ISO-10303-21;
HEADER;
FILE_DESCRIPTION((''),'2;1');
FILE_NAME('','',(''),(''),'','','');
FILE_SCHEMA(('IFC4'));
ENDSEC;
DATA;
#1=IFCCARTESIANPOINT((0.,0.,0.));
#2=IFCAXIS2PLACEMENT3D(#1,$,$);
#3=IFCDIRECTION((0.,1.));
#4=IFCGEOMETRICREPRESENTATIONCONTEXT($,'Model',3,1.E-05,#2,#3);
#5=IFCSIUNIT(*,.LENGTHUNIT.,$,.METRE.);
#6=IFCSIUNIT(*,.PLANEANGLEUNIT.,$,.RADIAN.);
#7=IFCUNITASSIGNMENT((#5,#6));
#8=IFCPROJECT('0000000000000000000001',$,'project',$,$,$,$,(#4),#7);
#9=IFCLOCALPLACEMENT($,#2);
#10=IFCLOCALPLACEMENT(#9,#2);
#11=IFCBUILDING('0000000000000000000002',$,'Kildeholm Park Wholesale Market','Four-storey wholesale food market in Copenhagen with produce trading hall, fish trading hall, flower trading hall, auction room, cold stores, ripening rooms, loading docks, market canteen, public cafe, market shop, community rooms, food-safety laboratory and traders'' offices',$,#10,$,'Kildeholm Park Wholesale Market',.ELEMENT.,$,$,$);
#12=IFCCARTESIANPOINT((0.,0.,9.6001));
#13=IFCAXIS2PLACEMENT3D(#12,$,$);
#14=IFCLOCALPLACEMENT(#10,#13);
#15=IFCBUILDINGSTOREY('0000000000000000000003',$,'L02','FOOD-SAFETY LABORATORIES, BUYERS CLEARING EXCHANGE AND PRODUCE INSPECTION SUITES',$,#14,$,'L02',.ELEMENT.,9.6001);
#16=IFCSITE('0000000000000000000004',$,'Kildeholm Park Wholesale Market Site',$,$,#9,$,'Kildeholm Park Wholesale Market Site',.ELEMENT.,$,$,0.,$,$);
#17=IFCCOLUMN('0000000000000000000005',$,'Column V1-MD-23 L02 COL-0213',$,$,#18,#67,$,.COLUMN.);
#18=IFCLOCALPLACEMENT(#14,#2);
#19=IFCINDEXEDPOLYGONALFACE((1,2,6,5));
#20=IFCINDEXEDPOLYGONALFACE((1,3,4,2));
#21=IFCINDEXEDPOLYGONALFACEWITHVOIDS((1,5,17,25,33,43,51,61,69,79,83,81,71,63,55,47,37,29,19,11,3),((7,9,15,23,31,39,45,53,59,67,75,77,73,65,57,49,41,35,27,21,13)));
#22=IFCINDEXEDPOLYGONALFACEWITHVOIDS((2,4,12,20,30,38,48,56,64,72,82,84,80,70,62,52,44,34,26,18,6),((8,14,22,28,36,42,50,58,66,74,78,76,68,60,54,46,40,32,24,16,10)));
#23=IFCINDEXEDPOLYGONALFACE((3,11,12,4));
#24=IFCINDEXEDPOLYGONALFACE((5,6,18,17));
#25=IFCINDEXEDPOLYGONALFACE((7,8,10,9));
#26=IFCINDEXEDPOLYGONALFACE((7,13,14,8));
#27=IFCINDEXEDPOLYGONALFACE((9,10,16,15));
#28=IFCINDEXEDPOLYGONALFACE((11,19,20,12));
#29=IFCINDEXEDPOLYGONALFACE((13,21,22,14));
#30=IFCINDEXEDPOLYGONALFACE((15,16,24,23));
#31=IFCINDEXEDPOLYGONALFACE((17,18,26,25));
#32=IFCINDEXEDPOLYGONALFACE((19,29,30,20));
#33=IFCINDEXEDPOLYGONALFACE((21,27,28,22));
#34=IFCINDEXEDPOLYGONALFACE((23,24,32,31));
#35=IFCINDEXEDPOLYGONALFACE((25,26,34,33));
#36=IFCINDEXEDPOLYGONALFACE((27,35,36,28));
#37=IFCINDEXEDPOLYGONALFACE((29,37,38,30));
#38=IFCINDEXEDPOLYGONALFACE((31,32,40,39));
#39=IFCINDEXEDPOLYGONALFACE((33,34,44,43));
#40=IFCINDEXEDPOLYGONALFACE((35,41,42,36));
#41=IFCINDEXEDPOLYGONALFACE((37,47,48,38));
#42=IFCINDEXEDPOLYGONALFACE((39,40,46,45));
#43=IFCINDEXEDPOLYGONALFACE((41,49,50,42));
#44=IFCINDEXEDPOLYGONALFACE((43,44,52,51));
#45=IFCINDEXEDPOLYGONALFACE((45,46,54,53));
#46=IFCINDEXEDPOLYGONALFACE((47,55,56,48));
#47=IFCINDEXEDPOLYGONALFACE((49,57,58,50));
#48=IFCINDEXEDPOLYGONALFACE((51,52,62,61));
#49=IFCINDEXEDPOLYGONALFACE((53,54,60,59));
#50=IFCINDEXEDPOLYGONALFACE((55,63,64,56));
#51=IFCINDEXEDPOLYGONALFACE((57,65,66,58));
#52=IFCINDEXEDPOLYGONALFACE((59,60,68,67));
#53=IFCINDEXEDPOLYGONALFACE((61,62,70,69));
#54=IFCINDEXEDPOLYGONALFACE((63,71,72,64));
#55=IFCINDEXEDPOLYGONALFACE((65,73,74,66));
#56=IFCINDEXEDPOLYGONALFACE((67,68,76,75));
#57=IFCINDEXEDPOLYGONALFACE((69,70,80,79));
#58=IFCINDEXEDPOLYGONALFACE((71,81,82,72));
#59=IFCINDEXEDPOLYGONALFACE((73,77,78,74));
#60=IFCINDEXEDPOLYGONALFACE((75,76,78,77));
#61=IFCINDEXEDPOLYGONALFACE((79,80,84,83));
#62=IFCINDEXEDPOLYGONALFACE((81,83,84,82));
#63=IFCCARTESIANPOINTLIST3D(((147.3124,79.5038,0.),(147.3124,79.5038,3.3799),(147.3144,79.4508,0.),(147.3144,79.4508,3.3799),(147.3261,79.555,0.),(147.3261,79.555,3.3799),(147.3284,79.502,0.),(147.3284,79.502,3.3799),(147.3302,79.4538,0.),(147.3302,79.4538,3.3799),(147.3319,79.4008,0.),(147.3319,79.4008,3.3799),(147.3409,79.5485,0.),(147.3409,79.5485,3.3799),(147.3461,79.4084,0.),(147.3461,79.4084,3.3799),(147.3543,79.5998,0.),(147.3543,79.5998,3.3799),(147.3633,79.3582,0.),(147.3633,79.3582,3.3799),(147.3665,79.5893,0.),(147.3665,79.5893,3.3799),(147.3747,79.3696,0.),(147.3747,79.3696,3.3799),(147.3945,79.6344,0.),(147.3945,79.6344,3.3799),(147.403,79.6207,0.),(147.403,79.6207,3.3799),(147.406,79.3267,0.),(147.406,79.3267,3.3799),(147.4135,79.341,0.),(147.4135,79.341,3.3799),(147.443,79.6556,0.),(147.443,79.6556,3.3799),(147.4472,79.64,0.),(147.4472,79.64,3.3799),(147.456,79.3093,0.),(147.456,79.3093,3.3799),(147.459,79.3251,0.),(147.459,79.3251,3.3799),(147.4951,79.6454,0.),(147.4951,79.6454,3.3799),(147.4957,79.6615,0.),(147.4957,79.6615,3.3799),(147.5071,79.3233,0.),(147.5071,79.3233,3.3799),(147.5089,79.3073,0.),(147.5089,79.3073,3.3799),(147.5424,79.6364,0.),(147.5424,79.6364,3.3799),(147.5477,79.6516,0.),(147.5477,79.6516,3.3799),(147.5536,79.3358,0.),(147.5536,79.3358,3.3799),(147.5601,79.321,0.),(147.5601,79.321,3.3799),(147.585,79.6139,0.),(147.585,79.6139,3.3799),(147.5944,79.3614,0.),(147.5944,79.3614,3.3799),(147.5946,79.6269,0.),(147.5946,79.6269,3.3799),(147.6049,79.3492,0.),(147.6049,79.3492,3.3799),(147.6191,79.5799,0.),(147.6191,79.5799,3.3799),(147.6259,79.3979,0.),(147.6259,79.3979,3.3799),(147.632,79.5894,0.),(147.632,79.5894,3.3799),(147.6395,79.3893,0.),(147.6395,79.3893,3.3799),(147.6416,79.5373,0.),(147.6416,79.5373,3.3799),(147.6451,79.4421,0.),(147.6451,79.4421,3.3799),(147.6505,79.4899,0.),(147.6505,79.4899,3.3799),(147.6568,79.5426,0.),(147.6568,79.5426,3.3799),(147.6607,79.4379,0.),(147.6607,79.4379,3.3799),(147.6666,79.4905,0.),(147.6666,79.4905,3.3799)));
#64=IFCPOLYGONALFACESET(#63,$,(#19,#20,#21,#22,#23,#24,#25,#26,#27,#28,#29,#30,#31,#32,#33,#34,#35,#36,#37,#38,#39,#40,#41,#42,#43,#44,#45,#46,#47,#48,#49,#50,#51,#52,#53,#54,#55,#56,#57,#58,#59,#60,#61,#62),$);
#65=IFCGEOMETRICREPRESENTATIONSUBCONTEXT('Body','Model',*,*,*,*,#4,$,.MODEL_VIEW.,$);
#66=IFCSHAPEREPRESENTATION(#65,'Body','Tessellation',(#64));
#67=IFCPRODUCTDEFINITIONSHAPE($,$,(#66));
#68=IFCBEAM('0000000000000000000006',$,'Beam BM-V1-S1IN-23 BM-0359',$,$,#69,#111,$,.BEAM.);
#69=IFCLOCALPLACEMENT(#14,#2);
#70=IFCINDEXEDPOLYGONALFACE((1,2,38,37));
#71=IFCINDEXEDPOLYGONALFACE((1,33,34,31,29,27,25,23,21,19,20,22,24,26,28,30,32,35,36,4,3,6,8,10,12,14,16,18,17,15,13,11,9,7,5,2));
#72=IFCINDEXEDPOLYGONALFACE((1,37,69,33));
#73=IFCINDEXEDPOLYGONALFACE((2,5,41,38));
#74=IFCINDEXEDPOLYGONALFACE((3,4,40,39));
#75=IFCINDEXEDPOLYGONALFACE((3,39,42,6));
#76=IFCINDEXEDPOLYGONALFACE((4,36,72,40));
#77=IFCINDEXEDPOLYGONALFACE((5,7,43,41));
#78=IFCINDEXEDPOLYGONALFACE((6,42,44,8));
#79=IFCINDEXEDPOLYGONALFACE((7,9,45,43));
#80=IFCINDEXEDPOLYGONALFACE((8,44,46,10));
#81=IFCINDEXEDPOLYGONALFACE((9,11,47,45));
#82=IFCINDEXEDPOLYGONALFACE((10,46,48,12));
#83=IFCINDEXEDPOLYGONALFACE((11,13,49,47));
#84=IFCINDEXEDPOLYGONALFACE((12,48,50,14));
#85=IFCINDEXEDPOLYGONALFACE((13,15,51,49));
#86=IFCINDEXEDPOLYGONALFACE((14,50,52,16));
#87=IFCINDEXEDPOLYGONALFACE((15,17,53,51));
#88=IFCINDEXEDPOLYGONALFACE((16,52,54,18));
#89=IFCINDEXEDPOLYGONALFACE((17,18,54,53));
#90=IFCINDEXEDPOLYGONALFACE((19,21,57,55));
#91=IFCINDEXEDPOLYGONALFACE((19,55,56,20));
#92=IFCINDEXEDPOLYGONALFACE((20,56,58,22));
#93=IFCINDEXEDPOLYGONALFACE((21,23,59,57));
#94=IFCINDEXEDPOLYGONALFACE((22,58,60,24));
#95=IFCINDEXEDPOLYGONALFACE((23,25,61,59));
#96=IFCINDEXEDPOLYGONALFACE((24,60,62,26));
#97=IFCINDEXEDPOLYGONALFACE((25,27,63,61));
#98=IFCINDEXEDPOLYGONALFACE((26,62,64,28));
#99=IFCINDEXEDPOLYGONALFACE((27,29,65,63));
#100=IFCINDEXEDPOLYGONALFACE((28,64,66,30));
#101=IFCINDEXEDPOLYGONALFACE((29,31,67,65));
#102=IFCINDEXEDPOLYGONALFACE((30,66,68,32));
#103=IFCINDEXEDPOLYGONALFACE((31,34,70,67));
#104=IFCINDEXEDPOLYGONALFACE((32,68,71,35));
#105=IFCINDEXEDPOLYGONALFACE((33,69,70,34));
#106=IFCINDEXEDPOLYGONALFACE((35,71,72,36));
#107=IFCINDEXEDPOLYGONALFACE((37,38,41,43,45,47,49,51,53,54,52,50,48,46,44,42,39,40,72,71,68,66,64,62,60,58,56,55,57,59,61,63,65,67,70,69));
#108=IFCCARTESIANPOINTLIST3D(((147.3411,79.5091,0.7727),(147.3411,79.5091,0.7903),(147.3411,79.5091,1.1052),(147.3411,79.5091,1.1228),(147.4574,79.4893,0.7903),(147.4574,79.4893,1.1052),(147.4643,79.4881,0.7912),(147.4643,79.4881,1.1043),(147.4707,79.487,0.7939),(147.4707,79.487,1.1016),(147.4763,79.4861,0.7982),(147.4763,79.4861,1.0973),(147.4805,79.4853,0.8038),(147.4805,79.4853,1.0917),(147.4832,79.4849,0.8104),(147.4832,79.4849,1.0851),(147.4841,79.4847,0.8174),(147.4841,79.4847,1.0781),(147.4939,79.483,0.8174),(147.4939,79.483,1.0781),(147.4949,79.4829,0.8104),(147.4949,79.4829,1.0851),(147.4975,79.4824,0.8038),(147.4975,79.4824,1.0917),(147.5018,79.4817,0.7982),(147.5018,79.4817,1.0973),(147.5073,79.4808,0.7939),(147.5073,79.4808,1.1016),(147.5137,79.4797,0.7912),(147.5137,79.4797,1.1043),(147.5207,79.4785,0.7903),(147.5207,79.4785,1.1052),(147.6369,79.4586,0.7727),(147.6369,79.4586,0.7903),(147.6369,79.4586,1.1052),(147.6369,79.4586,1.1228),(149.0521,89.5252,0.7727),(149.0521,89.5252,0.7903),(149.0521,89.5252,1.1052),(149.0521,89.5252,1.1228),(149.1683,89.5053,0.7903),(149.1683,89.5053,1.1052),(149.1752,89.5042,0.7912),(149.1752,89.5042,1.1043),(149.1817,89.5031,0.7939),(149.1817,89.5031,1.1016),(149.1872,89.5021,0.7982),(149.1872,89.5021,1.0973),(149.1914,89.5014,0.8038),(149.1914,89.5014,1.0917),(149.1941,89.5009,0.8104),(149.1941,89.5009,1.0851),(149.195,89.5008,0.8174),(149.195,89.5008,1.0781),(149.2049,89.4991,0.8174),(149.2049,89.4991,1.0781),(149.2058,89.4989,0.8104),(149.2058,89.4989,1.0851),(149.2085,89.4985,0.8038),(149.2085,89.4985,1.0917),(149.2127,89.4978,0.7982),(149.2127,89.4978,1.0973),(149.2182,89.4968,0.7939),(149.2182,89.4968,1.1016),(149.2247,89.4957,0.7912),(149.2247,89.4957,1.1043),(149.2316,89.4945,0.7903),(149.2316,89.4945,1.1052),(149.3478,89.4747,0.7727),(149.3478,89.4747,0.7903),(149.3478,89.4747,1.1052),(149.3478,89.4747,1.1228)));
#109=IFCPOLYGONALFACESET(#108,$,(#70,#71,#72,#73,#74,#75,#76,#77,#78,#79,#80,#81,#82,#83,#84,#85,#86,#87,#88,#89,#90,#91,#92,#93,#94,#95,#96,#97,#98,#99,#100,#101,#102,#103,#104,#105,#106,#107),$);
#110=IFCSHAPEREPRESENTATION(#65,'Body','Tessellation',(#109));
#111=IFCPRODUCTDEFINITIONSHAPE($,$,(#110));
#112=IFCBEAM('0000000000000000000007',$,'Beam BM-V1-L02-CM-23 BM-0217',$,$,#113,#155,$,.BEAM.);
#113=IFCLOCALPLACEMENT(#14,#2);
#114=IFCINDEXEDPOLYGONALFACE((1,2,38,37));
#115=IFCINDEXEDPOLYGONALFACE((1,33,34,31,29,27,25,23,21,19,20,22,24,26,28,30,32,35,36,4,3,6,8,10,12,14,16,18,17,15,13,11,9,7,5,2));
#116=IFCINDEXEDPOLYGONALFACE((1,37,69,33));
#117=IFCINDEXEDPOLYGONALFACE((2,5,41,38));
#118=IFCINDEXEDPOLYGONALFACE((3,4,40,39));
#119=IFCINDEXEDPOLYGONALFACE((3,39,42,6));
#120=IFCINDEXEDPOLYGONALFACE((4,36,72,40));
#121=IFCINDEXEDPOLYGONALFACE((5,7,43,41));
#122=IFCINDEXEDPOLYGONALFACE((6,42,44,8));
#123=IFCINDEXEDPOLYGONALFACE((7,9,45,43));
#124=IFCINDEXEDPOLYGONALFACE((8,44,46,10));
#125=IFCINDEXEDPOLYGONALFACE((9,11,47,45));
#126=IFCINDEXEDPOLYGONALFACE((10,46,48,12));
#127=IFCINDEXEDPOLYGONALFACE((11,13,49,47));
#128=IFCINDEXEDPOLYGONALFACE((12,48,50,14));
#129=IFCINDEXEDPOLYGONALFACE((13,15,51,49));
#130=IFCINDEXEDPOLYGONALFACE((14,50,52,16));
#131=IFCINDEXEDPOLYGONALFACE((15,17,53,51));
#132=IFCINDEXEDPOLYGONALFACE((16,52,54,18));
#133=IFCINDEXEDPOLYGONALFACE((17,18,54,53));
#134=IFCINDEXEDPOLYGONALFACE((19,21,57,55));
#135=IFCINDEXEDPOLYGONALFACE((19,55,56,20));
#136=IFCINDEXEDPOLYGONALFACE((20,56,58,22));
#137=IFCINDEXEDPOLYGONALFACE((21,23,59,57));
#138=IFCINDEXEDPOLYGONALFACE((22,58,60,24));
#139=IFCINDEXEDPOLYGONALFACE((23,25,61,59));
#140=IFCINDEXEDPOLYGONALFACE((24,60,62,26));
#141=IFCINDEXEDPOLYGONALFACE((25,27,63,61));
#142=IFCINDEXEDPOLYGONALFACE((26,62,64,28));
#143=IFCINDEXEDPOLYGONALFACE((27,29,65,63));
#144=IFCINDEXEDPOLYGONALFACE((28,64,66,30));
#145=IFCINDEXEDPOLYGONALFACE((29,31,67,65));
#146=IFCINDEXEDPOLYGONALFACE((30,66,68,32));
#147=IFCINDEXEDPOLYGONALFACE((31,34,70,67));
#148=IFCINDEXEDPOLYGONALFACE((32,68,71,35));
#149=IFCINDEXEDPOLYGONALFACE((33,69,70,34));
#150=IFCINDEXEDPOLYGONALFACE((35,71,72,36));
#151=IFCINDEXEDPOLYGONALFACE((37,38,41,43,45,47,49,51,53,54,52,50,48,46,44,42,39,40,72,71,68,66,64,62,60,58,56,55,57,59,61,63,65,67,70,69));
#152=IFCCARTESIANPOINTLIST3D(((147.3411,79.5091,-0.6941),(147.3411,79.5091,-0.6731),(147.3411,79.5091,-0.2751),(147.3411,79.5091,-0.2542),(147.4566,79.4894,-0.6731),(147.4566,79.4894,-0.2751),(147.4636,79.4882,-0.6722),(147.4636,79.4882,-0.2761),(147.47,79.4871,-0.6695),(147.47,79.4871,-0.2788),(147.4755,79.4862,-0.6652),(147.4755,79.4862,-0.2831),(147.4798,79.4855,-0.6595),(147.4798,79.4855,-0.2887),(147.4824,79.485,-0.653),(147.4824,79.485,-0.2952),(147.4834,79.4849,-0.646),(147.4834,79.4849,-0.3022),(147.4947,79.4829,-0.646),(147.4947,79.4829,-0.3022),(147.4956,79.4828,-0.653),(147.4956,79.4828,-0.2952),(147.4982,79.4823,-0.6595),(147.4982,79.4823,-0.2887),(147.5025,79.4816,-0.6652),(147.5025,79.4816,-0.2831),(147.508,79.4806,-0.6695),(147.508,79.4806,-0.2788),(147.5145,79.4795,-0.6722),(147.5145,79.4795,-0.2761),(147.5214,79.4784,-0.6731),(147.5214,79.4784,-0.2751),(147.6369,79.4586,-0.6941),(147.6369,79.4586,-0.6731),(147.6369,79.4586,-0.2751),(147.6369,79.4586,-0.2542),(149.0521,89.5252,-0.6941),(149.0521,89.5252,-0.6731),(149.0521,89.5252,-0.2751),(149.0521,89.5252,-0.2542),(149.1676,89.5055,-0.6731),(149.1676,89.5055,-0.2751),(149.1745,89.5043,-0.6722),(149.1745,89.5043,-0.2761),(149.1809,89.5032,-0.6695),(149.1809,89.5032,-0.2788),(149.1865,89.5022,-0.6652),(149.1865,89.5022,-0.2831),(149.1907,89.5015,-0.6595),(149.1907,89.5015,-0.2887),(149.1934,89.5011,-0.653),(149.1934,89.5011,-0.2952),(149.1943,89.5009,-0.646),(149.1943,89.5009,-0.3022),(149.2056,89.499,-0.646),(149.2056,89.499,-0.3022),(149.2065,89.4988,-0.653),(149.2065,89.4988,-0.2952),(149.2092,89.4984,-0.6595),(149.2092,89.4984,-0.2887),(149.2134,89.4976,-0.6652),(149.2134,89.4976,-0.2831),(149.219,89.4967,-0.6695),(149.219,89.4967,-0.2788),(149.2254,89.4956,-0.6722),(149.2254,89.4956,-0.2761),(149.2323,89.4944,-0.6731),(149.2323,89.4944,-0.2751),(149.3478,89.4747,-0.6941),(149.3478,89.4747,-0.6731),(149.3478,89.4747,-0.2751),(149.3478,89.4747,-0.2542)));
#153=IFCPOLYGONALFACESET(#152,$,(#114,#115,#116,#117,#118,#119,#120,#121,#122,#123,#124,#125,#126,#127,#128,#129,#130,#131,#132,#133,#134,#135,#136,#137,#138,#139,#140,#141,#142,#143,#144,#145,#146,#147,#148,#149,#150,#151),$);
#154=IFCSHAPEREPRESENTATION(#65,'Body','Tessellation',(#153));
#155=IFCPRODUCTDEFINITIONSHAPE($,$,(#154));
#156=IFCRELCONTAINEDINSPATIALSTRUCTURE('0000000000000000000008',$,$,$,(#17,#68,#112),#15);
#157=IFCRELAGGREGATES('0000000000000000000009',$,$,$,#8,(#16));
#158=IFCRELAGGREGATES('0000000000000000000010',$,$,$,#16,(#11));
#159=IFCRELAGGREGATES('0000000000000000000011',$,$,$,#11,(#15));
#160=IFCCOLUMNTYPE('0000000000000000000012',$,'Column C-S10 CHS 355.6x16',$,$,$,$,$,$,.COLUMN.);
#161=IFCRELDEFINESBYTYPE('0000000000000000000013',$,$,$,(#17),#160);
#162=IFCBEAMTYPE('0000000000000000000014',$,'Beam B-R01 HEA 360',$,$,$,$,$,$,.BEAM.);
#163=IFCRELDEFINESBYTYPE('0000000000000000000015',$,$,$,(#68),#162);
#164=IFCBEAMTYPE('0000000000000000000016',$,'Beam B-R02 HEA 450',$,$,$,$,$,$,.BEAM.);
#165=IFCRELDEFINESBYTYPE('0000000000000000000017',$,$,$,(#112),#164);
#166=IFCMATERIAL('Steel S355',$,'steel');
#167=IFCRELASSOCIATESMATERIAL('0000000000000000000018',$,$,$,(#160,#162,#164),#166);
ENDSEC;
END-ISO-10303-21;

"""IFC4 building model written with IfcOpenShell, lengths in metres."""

from ifc_helpers import new_model, si_unit, direction, frame, origin, origin_2d, place, context, subcontext, project, spatial, hollow_circle, i_section, extrude, material, material_profile, profile_set, type_object, element, save


model = new_model("IFC4")

# Units and contexts
model_context = context("Model", 3, precision=1e-05, world=origin(), true_north=direction((0.0, 1.0)))
body_context = subcontext(model_context, "Body", "Model", "MODEL_VIEW")
ifc_project = project(units=[si_unit("LENGTHUNIT", "METRE"), si_unit("PLANEANGLEUNIT", "RADIAN")], contexts=[model_context])

# Site, building, storey
site_placement = place(None, origin())
site = spatial("IfcSite", under=ifc_project, at=site_placement, Name="Kildeholm Park Wholesale Market Site", LongName="Kildeholm Park Wholesale Market Site", CompositionType="ELEMENT", RefElevation=0.0)
building_placement = place(site_placement, origin())
building = spatial("IfcBuilding", under=site, at=building_placement, Name="Kildeholm Park Wholesale Market", Description="Four-storey wholesale food market in Copenhagen with produce trading hall, fish trading hall, flower trading hall, auction room, cold stores, ripening rooms, loading docks, market canteen, public cafe, market shop, community rooms, food-safety laboratory and traders' offices", LongName="Kildeholm Park Wholesale Market", CompositionType="ELEMENT")
storey_placement = place(building_placement, frame((0.0, 0.0, 9.6001)))
storey = spatial("IfcBuildingStorey", under=building, at=storey_placement, Name="L02", Description="FOOD-SAFETY LABORATORIES, BUYERS CLEARING EXCHANGE AND PRODUCE INSPECTION SUITES", LongName="L02", CompositionType="ELEMENT", Elevation=9.6001)

# Column
ifc_material_1 = material(Name="Steel S355", Category="steel")
ifc_material_profile_1 = material_profile(ifc_material_1, hollow_circle(Radius=0.1777, WallThickness=0.0161, at=origin_2d()), Name="CHS 355.6x16")
ifc_profile_set_1 = profile_set([ifc_material_profile_1], Name="Steel S355")
column_type = type_object("IfcColumnType", Name="Column C-S10 CHS 355.6x16", PredefinedType="COLUMN", material=ifc_profile_set_1)
column_placement = place(storey_placement, frame((147.489, 79.4839, 0.0), z_axis=(0.0, 0.0, 1.0), x_axis=(0.965926, -0.258819, 0.0)))
element("IfcColumn", 1, at=column_placement, inside=storey, type_object=column_type, Name="Column V1-MD-23 L02 COL-0213", PredefinedType="COLUMN", context=body_context, shape_type="SweptSolid", body=[
    extrude(hollow_circle(Radius=0.1777, WallThickness=0.0161, at=origin_2d()), origin(), (0.0, 0.0, 1.0), 3.3799),
])

# Beams
ifc_material_profile_2 = material_profile(ifc_material_1, i_section(OverallWidth=0.3, OverallDepth=0.3501, WebThickness=0.01, FlangeThickness=0.0176, FilletRadius=0.0271, at=origin_2d()), Name="HEA 360")
ifc_profile_set_2 = profile_set([ifc_material_profile_2], Name="Steel S355")
beam_type_1 = type_object("IfcBeamType", Name="Beam B-R01 HEA 360", PredefinedType="BEAM", material=ifc_profile_set_2)
beam_1_placement = place(storey_placement, frame((147.489, 79.4839, 0.9478), z_axis=(0.16838, 0.985722, 0.0), x_axis=(-0.985722, 0.16838, 0.0)))
element("IfcBeam", 2, at=beam_1_placement, inside=storey, type_object=beam_type_1, Name="Beam BM-V1-S1IN-23 BM-0359", PredefinedType="BEAM", context=body_context, shape_type="SweptSolid", body=[
    extrude(i_section(OverallWidth=0.3, OverallDepth=0.3501, WebThickness=0.01, FlangeThickness=0.0176, FilletRadius=0.0271, at=origin_2d()), origin(), (0.0, 0.0, 1.0), 10.1611),
])
ifc_material_profile_3 = material_profile(ifc_material_1, i_section(OverallWidth=0.3, OverallDepth=0.4399, WebThickness=0.0115, FlangeThickness=0.021, FilletRadius=0.0271, at=origin_2d()), Name="HEA 450")
ifc_profile_set_3 = profile_set([ifc_material_profile_3], Name="Steel S355")
beam_type_2 = type_object("IfcBeamType", Name="Beam B-R02 HEA 450", PredefinedType="BEAM", material=ifc_profile_set_3)
beam_2_placement = place(storey_placement, frame((147.489, 79.4839, -0.4741), z_axis=(0.16838, 0.985722, 0.0), x_axis=(-0.985722, 0.16838, 0.0)))
element("IfcBeam", 3, at=beam_2_placement, inside=storey, type_object=beam_type_2, Name="Beam BM-V1-L02-CM-23 BM-0217", PredefinedType="BEAM", context=body_context, shape_type="SweptSolid", body=[
    extrude(i_section(OverallWidth=0.3, OverallDepth=0.4399, WebThickness=0.0115, FlangeThickness=0.021, FilletRadius=0.0271, at=origin_2d()), origin(), (0.0, 0.0, 1.0), 10.1611),
])

save(model, "model.ifc")
